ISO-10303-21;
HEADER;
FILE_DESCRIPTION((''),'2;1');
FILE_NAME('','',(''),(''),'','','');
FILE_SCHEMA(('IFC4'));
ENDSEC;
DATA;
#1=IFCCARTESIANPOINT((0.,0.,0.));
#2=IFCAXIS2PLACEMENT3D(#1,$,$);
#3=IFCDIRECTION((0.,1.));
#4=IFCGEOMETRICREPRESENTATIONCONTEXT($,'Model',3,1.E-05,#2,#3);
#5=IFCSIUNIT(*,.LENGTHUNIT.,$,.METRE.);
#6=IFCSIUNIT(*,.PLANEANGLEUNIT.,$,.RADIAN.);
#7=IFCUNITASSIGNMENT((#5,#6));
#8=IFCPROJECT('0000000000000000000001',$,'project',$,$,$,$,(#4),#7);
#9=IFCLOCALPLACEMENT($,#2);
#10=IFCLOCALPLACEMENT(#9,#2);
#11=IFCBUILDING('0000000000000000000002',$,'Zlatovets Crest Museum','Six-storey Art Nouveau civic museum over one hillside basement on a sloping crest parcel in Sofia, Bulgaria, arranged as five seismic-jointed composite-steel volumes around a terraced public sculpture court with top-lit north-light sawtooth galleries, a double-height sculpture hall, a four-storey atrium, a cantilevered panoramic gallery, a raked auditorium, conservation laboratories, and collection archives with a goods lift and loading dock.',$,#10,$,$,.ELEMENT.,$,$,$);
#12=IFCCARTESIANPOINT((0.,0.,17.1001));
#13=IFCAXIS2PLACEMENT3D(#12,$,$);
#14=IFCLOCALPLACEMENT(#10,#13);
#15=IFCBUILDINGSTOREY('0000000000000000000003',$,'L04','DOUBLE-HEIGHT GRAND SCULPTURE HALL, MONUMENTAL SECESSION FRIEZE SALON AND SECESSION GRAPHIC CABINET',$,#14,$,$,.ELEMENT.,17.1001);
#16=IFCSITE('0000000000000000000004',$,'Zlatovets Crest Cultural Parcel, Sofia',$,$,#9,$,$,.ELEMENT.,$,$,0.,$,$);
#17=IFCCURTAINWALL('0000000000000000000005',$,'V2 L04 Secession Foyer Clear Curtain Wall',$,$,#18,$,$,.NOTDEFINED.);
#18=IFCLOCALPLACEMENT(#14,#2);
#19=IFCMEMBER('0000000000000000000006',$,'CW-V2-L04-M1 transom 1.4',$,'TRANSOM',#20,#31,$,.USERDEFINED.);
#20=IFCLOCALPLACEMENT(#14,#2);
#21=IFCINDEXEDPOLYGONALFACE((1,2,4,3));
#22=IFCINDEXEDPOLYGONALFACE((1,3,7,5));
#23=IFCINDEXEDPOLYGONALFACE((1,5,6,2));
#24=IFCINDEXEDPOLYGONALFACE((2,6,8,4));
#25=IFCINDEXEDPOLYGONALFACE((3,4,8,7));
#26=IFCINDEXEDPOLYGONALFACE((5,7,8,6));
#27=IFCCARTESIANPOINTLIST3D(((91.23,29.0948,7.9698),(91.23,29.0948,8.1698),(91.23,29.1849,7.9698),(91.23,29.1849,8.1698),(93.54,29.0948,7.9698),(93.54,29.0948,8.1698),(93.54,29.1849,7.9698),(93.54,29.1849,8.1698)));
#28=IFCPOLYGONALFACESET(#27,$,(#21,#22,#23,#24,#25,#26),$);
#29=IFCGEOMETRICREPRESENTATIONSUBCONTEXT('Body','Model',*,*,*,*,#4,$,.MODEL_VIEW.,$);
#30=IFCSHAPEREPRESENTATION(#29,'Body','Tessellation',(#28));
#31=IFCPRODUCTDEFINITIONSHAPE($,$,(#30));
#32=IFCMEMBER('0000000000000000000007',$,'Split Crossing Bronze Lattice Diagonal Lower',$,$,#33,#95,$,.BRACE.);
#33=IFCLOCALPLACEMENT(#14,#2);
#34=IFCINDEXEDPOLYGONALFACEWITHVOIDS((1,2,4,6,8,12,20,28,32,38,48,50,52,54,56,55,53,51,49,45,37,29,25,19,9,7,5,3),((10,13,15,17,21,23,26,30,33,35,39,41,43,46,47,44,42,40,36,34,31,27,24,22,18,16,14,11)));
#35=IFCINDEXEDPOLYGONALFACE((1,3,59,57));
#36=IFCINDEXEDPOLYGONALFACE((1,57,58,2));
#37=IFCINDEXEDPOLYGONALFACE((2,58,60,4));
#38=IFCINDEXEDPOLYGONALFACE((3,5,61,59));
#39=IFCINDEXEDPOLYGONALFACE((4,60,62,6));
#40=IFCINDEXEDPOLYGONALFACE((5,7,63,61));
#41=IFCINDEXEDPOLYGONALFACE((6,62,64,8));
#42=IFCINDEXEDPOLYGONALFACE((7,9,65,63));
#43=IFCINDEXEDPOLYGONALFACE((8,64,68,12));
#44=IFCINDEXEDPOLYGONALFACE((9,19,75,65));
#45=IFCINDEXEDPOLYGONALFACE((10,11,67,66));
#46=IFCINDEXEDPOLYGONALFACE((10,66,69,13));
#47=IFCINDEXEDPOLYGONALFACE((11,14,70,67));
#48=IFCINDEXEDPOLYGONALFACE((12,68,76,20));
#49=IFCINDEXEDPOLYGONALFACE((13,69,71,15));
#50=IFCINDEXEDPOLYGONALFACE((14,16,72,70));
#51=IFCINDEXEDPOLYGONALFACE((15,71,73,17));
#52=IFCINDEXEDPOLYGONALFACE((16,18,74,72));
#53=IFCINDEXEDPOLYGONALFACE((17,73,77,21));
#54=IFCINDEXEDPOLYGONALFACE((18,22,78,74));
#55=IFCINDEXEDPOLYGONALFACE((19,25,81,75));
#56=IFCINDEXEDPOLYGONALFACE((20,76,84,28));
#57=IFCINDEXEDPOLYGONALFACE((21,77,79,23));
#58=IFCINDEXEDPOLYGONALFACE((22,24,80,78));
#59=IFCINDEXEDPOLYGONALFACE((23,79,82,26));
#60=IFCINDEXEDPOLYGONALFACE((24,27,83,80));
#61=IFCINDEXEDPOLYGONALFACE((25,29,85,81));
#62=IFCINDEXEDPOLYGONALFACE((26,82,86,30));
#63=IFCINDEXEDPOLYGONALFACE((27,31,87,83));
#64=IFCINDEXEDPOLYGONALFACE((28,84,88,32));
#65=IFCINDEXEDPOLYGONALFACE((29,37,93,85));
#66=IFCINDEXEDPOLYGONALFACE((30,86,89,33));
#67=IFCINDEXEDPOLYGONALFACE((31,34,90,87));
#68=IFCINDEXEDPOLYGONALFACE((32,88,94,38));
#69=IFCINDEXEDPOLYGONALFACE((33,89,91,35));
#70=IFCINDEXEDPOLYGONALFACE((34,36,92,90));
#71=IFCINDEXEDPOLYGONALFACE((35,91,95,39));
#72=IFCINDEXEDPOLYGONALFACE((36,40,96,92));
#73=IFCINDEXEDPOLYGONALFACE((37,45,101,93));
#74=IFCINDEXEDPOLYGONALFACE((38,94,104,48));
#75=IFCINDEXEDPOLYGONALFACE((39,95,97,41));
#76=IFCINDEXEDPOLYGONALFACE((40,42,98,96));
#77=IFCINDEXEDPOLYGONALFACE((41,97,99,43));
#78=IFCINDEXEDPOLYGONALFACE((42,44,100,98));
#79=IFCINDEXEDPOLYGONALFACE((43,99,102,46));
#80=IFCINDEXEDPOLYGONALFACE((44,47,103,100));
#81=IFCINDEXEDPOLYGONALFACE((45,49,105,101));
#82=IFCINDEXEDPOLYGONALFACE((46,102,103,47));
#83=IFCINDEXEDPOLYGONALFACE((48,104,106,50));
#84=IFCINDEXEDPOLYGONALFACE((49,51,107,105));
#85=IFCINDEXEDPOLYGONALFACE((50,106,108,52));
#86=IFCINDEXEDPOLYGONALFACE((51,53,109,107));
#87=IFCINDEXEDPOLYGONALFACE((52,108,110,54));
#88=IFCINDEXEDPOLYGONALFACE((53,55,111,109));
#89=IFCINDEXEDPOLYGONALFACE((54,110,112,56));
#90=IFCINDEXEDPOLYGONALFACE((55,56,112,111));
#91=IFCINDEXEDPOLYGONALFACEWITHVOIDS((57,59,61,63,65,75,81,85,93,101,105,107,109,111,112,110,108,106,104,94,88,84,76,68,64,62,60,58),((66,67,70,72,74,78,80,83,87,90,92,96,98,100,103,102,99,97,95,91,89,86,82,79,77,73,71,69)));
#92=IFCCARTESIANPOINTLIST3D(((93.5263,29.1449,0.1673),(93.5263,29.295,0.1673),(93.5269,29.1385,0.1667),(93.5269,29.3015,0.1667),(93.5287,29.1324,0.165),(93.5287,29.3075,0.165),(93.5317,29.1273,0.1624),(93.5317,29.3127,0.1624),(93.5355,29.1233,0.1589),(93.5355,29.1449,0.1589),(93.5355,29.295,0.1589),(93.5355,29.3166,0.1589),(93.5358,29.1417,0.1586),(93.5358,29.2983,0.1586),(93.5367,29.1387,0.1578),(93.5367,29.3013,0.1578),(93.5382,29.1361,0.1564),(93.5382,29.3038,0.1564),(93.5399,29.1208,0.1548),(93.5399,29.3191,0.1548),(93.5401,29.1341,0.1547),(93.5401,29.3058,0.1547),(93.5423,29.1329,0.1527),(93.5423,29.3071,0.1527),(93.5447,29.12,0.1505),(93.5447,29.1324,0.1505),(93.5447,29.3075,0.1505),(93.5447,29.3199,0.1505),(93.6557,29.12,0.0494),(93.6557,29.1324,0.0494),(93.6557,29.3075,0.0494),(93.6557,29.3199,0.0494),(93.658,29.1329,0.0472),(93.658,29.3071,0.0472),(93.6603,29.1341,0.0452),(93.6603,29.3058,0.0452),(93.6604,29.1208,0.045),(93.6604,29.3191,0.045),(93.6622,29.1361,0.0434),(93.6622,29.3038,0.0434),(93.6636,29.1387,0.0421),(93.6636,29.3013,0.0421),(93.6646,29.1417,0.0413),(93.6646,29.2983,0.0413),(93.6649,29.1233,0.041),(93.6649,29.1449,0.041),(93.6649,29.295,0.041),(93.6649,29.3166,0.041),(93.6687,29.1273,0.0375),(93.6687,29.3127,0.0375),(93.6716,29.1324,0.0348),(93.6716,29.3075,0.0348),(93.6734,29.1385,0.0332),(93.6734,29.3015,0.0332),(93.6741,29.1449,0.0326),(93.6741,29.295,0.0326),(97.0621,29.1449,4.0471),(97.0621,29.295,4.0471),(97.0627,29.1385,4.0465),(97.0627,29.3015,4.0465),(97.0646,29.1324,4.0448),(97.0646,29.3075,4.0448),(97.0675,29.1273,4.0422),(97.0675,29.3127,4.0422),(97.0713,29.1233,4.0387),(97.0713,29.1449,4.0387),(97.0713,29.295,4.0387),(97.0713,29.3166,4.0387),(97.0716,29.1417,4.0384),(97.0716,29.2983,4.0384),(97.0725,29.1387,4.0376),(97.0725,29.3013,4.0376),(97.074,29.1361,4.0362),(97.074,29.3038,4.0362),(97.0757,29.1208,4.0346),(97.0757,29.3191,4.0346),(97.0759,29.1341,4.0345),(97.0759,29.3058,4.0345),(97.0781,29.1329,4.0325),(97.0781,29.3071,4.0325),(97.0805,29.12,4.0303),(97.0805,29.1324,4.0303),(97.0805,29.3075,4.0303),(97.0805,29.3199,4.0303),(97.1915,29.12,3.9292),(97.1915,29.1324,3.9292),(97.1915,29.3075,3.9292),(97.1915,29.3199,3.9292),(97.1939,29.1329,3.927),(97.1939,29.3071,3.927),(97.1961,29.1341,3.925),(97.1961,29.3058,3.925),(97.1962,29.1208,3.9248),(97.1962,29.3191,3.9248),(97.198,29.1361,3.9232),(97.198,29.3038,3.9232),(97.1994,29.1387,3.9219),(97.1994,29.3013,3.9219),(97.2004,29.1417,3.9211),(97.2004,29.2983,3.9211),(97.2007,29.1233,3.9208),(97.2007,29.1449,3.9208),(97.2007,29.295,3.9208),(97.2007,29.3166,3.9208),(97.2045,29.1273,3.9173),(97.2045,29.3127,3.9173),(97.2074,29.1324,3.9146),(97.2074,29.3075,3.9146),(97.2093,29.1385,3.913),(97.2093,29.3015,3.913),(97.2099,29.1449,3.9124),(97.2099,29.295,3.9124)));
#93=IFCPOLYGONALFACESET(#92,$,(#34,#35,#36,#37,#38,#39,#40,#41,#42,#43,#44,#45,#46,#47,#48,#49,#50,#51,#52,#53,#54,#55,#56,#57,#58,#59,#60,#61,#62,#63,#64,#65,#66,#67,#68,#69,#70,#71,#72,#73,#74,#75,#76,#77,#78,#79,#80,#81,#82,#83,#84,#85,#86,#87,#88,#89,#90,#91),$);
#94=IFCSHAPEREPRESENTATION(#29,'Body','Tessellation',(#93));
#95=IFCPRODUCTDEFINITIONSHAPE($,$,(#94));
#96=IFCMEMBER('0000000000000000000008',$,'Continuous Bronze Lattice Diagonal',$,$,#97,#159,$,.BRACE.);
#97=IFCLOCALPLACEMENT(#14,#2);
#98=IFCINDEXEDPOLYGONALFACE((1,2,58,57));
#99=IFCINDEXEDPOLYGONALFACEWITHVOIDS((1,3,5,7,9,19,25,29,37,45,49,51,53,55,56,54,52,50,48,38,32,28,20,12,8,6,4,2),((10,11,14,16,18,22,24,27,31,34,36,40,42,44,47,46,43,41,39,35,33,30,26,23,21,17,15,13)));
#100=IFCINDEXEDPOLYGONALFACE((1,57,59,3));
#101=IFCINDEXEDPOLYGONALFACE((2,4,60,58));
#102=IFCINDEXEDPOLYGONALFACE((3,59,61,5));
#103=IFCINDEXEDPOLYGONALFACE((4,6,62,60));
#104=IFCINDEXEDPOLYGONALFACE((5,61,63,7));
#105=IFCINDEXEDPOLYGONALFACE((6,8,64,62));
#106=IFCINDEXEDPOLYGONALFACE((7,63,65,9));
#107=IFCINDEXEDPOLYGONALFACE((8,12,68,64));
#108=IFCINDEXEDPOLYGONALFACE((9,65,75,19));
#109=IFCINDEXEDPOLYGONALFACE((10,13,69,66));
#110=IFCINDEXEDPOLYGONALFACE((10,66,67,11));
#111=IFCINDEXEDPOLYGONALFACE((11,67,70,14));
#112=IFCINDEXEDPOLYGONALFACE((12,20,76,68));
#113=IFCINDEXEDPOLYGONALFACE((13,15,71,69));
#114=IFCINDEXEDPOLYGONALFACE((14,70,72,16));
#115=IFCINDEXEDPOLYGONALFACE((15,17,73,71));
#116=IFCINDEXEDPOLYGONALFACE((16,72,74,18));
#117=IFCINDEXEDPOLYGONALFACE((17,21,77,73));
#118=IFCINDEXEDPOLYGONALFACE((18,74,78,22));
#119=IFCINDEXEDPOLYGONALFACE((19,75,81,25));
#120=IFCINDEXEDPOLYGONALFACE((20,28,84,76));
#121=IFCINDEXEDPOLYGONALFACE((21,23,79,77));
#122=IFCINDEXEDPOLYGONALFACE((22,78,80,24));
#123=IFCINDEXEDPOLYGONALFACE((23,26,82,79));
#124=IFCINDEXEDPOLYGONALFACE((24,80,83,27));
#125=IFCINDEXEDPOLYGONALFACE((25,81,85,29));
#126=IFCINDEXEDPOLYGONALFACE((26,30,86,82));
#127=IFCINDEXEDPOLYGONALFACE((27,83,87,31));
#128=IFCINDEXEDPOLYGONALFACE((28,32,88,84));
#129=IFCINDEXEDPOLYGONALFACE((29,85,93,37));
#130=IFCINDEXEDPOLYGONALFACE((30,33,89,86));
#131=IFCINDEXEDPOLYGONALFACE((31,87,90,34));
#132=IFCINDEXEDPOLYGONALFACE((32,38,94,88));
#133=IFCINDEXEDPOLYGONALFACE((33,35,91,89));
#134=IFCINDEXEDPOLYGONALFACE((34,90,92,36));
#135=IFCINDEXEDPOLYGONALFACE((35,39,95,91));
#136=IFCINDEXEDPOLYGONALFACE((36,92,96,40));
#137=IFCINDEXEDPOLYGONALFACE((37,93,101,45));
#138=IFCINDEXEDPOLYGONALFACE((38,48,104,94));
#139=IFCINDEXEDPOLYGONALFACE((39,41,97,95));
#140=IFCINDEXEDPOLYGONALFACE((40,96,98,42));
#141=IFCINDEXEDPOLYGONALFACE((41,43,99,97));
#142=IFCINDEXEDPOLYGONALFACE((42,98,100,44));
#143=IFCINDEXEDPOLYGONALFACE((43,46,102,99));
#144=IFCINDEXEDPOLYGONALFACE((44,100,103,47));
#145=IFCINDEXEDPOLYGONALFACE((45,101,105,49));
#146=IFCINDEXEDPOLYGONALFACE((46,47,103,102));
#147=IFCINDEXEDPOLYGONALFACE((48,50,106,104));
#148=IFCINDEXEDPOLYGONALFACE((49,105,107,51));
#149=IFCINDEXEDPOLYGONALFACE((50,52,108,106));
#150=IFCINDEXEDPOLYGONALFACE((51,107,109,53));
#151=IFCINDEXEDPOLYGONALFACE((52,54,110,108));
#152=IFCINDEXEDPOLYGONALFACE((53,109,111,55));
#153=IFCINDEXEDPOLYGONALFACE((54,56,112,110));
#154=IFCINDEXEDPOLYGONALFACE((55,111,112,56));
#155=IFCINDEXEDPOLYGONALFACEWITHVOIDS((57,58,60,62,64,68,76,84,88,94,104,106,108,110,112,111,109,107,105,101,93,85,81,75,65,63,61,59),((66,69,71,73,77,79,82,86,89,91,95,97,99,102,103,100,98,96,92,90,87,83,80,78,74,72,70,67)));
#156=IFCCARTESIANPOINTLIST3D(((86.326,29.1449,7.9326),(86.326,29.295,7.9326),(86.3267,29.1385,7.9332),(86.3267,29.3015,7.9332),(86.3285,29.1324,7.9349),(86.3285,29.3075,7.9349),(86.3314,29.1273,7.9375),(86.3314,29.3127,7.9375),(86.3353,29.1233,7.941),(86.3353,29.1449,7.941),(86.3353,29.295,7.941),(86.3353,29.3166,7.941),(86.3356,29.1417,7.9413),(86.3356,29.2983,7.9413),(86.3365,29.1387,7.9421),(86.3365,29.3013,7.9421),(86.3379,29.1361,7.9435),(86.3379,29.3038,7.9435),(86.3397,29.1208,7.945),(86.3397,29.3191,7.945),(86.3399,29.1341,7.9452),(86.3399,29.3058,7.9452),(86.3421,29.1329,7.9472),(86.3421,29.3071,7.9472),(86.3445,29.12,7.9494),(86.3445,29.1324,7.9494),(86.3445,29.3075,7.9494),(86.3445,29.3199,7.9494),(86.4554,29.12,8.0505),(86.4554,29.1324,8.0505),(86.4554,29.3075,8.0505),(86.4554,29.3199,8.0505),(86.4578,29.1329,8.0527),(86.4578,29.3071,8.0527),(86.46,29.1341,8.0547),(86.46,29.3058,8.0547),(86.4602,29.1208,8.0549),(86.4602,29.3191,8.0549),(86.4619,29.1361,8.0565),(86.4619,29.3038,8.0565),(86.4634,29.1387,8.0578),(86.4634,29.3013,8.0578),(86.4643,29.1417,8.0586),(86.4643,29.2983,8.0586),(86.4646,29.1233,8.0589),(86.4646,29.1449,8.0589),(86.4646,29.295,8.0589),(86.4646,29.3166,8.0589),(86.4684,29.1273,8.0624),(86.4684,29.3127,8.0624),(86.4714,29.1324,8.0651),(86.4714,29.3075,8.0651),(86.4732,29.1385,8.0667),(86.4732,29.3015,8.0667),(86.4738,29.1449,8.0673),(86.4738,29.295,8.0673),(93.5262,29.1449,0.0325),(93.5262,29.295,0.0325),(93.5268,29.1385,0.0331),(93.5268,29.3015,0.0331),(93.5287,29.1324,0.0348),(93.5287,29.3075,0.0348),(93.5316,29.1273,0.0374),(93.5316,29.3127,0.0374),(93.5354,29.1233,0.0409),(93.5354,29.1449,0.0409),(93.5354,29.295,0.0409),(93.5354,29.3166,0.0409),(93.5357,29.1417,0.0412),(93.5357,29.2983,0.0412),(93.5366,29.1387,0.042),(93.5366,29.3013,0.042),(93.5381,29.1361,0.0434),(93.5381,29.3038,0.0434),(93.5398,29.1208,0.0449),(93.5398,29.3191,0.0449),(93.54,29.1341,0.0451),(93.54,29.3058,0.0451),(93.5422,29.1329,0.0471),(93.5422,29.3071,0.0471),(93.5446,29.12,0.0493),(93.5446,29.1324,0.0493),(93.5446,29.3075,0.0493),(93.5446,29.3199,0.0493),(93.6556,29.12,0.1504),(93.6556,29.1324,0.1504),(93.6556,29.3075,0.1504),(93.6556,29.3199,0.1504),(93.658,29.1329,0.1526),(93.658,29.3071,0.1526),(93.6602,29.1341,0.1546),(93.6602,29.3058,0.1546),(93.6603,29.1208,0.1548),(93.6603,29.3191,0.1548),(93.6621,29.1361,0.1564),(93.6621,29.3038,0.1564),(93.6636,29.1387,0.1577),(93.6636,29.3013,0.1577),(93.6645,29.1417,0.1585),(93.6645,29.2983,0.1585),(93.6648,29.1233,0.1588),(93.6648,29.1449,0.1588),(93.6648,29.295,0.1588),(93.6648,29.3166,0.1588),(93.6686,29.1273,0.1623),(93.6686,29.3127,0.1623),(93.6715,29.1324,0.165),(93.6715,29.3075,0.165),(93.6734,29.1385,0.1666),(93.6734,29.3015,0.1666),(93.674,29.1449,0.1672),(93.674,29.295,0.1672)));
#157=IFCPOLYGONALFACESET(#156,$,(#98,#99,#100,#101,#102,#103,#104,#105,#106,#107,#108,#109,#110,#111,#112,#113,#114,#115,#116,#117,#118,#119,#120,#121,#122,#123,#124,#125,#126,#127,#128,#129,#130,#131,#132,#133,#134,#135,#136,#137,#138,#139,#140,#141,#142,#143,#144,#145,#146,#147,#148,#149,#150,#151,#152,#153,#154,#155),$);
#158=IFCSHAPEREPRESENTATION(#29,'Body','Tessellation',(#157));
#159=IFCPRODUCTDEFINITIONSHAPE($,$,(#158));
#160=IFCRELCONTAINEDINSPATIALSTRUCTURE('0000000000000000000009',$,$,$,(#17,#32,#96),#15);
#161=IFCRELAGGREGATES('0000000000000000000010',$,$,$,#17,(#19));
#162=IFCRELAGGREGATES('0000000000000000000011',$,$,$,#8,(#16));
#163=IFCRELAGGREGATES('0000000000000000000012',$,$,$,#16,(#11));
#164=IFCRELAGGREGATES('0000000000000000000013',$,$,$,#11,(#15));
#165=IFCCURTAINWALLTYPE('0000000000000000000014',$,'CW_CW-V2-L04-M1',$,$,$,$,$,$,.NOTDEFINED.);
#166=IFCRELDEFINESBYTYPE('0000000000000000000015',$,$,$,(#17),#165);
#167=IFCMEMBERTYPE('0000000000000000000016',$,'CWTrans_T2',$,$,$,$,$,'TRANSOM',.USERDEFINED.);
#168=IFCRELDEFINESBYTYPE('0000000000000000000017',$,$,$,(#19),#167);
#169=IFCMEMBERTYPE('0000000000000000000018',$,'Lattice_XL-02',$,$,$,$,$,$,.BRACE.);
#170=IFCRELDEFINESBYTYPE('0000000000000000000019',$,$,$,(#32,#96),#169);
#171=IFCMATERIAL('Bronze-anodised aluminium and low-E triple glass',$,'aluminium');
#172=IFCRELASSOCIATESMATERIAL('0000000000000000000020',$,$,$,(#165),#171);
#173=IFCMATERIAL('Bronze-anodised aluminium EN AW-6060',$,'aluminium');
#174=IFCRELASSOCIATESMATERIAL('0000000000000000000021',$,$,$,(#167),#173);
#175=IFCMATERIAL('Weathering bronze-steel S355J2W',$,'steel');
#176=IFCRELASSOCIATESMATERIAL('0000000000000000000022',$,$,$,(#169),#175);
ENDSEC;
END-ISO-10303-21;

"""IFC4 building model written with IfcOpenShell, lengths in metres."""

from ifc_helpers import new_model, si_unit, direction, frame, origin, origin_2d, place, context, subcontext, project, spatial, rectangle, hollow_rectangle, extrude, material, material_profile, profile_set, type_object, element, aggregate, save


model = new_model("IFC4")

# Units and contexts
model_context = context("Model", 3, precision=1e-05, world=origin(), true_north=direction((0.0, 1.0)))
body_context = subcontext(model_context, "Body", "Model", "MODEL_VIEW")
ifc_project = project(units=[si_unit("LENGTHUNIT", "METRE"), si_unit("PLANEANGLEUNIT", "RADIAN")], contexts=[model_context])

# Site, building, storey
site_placement = place(None, origin())
site = spatial("IfcSite", under=ifc_project, at=site_placement, Name="Zlatovets Crest Cultural Parcel, Sofia", CompositionType="ELEMENT", RefElevation=0.0)
building_placement = place(site_placement, origin())
building = spatial("IfcBuilding", under=site, at=building_placement, Name="Zlatovets Crest Museum", Description="Six-storey Art Nouveau civic museum over one hillside basement on a sloping crest parcel in Sofia, Bulgaria, arranged as five seismic-jointed composite-steel volumes around a terraced public sculpture court with top-lit north-light sawtooth galleries, a double-height sculpture hall, a four-storey atrium, a cantilevered panoramic gallery, a raked auditorium, conservation laboratories, and collection archives with a goods lift and loading dock.", CompositionType="ELEMENT")
storey_placement = place(building_placement, frame((0.0, 0.0, 17.1001)))
storey = spatial("IfcBuildingStorey", under=building, at=storey_placement, Name="L04", Description="DOUBLE-HEIGHT GRAND SCULPTURE HALL, MONUMENTAL SECESSION FRIEZE SALON AND SECESSION GRAPHIC CABINET", CompositionType="ELEMENT", Elevation=17.1001)

# Shared definitions
ifc_material_1 = material(Name="Bronze-anodised aluminium and low-E triple glass", Category="aluminium")
ifc_material_2 = material(Name="Bronze-anodised aluminium EN AW-6060", Category="aluminium")

# Curtain wall
curtain_wall_type_1 = type_object("IfcCurtainWallType", Name="CW_CW-V2-L04-M1", PredefinedType="NOTDEFINED", material=ifc_material_1)
curtain_wall_1_placement = place(storey_placement, origin())
curtain_wall_1 = element("IfcCurtainWall", 1, at=curtain_wall_1_placement, inside=storey, type_object=curtain_wall_type_1, Name="V2 L04 Secession Foyer Clear Curtain Wall", PredefinedType="NOTDEFINED")

# Member
ifc_material_profile_1 = material_profile(ifc_material_2, rectangle(XDim=0.0901, YDim=0.2, at=origin_2d()), Name="ALU 90x200")
ifc_profile_set_1 = profile_set([ifc_material_profile_1], Name="Bronze-anodised aluminium EN AW-6060")
member_type_1 = type_object("IfcMemberType", Name="CWTrans_T2", ElementType="TRANSOM", PredefinedType="USERDEFINED", material=ifc_profile_set_1)
member_1_placement = place(storey_placement, frame((93.54, 29.1399, 8.0698), z_axis=(-1.0, 0.0, 0.0), x_axis=(0.0, -1.0, 0.0)))
member_1 = element("IfcMember", 2, at=member_1_placement, type_object=member_type_1, Name="CW-V2-L04-M1 transom 1.4", ObjectType="TRANSOM", PredefinedType="USERDEFINED", context=body_context, shape_type="SweptSolid", body=[
    extrude(rectangle(XDim=0.0901, YDim=0.2, at=origin_2d()), origin(), (0.0, 0.0, 1.0), 2.3101),
])

# Members
ifc_material_3 = material(Name="Weathering bronze-steel S355J2W", Category="steel")
ifc_material_profile_2 = material_profile(ifc_material_3, hollow_rectangle(XDim=0.2, YDim=0.2, WallThickness=0.0125, InnerFilletRadius=0.0125, OuterFilletRadius=0.0249, at=origin_2d()), Name="SHS 200x200x12.5")
ifc_profile_set_2 = profile_set([ifc_material_profile_2], Name="Weathering bronze-steel S355J2W")
member_type_2 = type_object("IfcMemberType", Name="Lattice_XL-02", PredefinedType="BRACE", material=ifc_profile_set_2)
member_2_placement = place(storey_placement, frame((97.136, 29.22, 3.9797), z_axis=(-0.673582, 0.0, -0.739112), x_axis=(0.0, -1.0, 0.0)))
element("IfcMember", 3, at=member_2_placement, inside=storey, type_object=member_type_2, Name="Split Crossing Bronze Lattice Diagonal Lower", PredefinedType="BRACE", context=body_context, shape_type="SweptSolid", body=[
    extrude(hollow_rectangle(XDim=0.2, YDim=0.2, WallThickness=0.0125, InnerFilletRadius=0.0125, OuterFilletRadius=0.0249, at=origin_2d()), origin(), (0.0, 0.0, 1.0), 5.2493),
])
member_3_placement = place(storey_placement, frame((93.6001, 29.22, 0.0999), z_axis=(-0.673607, 0.0, 0.73909), x_axis=(0.0, -1.0, 0.0)))
element("IfcMember", 4, at=member_3_placement, inside=storey, type_object=member_type_2, Name="Continuous Bronze Lattice Diagonal", PredefinedType="BRACE", context=body_context, shape_type="SweptSolid", body=[
    extrude(hollow_rectangle(XDim=0.2, YDim=0.2, WallThickness=0.0125, InnerFilletRadius=0.0125, OuterFilletRadius=0.0249, at=origin_2d()), origin(), (0.0, 0.0, 1.0), 10.689),
])

aggregate(curtain_wall_1, [member_1])

save(model, "model.ifc")
